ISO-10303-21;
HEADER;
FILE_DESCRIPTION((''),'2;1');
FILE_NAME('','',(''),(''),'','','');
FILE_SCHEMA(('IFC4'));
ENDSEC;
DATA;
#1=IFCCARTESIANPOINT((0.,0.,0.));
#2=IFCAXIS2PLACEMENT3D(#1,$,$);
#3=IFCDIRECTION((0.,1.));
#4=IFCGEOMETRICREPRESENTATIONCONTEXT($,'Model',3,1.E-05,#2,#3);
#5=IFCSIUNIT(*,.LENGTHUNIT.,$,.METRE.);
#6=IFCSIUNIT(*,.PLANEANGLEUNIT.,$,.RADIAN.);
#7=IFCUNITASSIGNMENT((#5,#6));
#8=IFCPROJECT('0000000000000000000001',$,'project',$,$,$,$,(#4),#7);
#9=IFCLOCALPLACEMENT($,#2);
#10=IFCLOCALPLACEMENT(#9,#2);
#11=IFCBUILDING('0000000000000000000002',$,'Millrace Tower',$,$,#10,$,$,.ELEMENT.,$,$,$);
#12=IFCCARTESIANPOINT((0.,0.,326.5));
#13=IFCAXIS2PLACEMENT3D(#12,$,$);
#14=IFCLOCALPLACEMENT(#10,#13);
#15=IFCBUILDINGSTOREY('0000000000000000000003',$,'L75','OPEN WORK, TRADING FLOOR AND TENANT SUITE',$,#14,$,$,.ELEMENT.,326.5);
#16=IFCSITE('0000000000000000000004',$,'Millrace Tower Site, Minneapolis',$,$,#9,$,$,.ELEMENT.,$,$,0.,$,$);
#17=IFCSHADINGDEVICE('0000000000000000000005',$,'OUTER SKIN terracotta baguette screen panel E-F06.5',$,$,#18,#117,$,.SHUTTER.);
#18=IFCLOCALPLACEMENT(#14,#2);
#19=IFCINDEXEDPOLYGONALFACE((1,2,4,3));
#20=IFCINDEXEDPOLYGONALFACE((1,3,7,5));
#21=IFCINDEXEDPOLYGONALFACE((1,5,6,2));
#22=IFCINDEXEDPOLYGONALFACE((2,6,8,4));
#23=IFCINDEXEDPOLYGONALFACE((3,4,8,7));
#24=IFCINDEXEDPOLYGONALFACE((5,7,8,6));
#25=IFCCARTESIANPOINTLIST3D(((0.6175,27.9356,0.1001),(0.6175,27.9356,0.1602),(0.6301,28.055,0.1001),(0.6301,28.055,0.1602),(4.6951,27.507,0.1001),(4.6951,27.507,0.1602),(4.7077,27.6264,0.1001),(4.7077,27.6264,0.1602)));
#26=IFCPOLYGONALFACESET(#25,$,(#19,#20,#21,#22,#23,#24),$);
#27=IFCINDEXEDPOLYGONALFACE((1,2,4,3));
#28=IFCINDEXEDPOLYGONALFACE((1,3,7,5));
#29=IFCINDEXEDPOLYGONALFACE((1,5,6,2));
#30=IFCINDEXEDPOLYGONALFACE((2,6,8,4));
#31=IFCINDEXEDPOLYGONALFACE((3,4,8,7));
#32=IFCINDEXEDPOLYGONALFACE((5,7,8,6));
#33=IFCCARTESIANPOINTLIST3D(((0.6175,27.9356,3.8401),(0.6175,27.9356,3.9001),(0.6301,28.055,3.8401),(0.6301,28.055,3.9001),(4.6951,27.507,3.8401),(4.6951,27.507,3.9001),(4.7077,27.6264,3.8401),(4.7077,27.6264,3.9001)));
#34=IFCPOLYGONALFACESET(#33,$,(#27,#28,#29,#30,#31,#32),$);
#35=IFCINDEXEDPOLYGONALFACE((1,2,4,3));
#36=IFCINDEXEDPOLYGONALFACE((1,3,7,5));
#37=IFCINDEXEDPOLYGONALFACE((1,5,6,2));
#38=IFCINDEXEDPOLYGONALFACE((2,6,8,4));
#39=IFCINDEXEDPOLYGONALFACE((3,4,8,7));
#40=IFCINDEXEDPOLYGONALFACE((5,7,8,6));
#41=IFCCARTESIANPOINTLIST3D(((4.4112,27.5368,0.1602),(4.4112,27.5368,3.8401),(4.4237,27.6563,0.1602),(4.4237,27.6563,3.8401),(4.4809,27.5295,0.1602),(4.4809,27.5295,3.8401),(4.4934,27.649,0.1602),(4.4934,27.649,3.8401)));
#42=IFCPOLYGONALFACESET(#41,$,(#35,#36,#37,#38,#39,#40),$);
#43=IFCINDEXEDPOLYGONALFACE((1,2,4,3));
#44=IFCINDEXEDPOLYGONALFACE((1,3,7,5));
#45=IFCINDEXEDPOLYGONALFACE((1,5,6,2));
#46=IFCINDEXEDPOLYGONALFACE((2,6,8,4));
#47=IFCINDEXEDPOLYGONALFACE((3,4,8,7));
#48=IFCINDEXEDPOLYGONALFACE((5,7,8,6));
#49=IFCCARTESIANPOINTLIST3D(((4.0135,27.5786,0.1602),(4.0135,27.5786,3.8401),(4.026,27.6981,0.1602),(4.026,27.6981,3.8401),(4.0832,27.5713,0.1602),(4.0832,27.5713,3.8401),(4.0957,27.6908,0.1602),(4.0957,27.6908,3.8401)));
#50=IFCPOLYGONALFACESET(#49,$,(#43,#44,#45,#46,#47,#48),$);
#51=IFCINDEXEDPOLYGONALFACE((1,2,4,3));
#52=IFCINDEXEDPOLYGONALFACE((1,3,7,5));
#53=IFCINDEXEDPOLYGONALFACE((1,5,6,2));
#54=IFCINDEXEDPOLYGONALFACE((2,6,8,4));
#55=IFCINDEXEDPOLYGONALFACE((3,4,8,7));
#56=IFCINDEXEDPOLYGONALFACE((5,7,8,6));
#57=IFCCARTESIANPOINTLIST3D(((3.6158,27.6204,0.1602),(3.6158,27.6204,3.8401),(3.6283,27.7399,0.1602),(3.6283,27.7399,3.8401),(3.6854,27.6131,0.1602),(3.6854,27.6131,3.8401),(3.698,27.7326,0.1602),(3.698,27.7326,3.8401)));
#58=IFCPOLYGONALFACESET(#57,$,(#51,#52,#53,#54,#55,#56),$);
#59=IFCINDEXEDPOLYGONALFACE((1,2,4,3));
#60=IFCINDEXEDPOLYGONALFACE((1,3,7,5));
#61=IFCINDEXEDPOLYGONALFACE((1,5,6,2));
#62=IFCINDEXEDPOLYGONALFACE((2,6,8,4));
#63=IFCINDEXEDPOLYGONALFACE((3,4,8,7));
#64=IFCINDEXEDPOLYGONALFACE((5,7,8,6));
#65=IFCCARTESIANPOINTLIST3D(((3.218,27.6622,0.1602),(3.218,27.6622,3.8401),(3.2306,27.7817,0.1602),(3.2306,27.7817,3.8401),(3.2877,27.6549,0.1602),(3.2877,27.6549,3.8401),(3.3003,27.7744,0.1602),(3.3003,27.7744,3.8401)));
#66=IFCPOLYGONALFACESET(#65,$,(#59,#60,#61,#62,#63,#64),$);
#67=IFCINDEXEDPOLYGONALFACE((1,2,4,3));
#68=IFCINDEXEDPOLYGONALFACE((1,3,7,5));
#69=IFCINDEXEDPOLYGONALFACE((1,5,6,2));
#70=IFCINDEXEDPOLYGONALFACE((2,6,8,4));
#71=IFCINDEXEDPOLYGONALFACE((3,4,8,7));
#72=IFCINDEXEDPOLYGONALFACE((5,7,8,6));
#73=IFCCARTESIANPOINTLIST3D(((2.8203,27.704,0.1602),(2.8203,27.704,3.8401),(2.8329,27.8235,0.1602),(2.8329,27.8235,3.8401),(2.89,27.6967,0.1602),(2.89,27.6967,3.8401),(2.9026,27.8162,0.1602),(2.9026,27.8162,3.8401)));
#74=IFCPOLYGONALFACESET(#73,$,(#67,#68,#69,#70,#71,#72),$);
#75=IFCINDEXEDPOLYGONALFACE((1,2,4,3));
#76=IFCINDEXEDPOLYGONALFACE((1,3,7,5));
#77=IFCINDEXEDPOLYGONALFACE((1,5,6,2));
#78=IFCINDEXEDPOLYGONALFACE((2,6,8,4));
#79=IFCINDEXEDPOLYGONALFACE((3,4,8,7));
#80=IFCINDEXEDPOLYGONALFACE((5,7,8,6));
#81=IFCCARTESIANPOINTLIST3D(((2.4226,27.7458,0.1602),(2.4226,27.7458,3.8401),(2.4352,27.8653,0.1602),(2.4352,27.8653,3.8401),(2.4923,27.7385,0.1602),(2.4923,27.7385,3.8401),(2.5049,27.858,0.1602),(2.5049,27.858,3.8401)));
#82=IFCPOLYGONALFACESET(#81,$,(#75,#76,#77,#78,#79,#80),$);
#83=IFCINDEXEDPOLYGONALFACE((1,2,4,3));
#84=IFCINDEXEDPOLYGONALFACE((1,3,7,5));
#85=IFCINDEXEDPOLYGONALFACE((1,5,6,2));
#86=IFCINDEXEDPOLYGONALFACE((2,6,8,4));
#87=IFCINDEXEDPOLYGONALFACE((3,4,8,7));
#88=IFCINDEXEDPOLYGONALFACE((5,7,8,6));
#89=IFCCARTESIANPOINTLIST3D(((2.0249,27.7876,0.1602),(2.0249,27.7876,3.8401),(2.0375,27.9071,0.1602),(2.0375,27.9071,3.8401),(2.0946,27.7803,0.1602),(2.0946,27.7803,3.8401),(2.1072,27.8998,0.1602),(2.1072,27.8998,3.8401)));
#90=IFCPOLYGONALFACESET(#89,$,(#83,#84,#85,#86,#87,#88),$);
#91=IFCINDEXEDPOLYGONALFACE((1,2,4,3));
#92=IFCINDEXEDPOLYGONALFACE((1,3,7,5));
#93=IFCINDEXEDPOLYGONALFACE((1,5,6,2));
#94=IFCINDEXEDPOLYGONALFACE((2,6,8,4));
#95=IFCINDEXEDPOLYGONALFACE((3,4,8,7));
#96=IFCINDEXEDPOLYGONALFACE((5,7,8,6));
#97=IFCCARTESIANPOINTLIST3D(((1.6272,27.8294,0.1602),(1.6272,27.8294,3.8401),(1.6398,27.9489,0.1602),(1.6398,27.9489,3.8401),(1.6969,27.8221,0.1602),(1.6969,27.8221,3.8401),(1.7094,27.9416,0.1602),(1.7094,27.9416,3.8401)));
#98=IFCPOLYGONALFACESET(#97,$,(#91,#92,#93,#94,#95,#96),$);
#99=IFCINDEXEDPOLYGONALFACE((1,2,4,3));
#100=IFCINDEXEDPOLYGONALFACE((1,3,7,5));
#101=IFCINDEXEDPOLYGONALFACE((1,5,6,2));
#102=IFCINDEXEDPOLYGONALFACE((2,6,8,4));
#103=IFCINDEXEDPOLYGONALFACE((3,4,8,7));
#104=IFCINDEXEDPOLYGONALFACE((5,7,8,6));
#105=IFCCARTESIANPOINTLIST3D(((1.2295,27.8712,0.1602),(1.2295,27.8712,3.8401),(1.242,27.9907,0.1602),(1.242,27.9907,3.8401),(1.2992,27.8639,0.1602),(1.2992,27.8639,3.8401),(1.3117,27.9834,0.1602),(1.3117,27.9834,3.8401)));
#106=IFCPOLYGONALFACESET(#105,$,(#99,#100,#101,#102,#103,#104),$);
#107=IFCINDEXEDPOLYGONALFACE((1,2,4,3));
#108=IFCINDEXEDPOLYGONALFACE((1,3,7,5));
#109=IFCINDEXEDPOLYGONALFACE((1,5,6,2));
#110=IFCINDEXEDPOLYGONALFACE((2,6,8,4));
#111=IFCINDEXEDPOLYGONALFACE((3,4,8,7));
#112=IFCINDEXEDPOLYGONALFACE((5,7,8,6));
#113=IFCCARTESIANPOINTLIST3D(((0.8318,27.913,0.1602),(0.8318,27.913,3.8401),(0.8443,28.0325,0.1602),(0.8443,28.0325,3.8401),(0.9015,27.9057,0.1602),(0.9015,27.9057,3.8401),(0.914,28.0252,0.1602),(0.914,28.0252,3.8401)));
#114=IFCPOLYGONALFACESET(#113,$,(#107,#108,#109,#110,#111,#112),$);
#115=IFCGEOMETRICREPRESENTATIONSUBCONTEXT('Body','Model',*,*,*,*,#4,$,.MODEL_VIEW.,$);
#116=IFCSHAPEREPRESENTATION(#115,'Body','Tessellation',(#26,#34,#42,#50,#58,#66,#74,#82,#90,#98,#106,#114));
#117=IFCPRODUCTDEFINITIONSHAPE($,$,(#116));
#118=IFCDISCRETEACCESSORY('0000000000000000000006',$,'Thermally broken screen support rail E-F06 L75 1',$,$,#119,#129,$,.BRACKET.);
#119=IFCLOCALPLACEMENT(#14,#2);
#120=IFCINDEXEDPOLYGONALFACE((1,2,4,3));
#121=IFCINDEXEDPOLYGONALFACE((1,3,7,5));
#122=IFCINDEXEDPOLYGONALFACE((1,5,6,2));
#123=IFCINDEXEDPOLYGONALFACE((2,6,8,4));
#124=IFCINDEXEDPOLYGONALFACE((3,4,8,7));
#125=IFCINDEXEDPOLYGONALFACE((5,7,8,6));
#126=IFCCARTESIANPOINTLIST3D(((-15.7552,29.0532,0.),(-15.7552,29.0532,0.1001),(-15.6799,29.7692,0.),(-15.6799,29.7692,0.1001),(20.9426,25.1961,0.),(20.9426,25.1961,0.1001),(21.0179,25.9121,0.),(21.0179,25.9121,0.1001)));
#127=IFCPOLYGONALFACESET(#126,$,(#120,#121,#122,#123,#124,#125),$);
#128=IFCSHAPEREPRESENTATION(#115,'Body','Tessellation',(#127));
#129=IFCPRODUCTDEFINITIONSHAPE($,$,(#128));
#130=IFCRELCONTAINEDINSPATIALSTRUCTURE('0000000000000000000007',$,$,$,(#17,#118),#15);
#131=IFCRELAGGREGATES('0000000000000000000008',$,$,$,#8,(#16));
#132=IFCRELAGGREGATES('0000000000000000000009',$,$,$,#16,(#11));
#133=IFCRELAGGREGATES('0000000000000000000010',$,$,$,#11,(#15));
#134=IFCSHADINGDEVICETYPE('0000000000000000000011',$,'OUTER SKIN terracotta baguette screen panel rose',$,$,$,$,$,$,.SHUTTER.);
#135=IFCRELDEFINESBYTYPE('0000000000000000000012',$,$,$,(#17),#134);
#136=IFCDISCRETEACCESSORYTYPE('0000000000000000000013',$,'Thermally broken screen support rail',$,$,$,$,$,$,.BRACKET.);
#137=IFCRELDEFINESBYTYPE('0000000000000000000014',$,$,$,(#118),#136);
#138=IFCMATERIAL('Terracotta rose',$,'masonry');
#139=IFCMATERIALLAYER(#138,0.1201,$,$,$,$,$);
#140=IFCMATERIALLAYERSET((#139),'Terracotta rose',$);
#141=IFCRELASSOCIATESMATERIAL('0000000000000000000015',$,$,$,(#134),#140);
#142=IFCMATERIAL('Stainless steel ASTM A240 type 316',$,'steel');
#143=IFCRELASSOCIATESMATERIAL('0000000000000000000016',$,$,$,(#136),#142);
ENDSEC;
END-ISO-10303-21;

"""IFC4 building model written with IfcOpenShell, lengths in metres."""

from ifc_helpers import new_model, entity, si_unit, direction, frame, frame_2d, origin, origin_2d, place, context, subcontext, project, spatial, rectangle, extrude, source, transform, mapped, material, layer, layer_set, type_object, element, save


model = new_model("IFC4")

# Units and contexts
model_context = context("Model", 3, precision=1e-05, world=origin(), true_north=direction((0.0, 1.0)))
body_context = subcontext(model_context, "Body", "Model", "MODEL_VIEW")
ifc_project = project(units=[si_unit("LENGTHUNIT", "METRE"), si_unit("PLANEANGLEUNIT", "RADIAN")], contexts=[model_context])

# Site, building, storey
site_placement = place(None, origin())
site = spatial("IfcSite", under=ifc_project, at=site_placement, Name="Millrace Tower Site, Minneapolis", CompositionType="ELEMENT", RefElevation=0.0)
building_placement = place(site_placement, origin())
building = spatial("IfcBuilding", under=site, at=building_placement, Name="Millrace Tower", CompositionType="ELEMENT")
storey_placement = place(building_placement, frame((0.0, 0.0, 326.5)))
storey = spatial("IfcBuildingStorey", under=building, at=storey_placement, Name="L75", Description="OPEN WORK, TRADING FLOOR AND TENANT SUITE", CompositionType="ELEMENT", Elevation=326.5)

# Shading device
ifc_material_1 = material(Name="Terracotta rose", Category="masonry")
ifc_layer_1 = layer(ifc_material_1, 0.1201)
ifc_layer_set_1 = layer_set([ifc_layer_1], Name="Terracotta rose")
shading_device_type = type_object("IfcShadingDeviceType", Name="OUTER SKIN terracotta baguette screen panel rose", PredefinedType="SHUTTER", material=ifc_layer_set_1)
cartesian_point = entity("IfcCartesianPoint", [-2.05, 0.0601])
shared_polyline = entity("IfcPolyline", [cartesian_point, entity("IfcCartesianPoint", [2.05, 0.0601]), entity("IfcCartesianPoint", [2.05, -0.0601]), entity("IfcCartesianPoint", [-2.05, -0.0601]), cartesian_point])
shared_shape = source(origin(), body_context, "Body", "SweptSolid", [
    entity("IfcExtrudedAreaSolid", entity("IfcArbitraryClosedProfileDef", "AREA", None, shared_polyline), entity("IfcAxis2Placement3D", entity("IfcCartesianPoint", [0.0, 0.0, 0.0])), entity("IfcDirection", [0.0, 0.0, 1.0]), 0.0601),
    entity("IfcExtrudedAreaSolid", entity("IfcArbitraryClosedProfileDef", "AREA", None, shared_polyline), entity("IfcAxis2Placement3D", entity("IfcCartesianPoint", [0.0, 0.0, 3.74])), entity("IfcDirection", [0.0, 0.0, 1.0]), 0.0601),
    extrude(rectangle(XDim=0.0701, YDim=0.1201, at=frame_2d((-1.7996, 0.0))), frame((0.0, 0.0, 0.0601)), (0.0, 0.0, 1.0), 3.6799),
    extrude(rectangle(XDim=0.0701, YDim=0.1201, at=frame_2d((-1.3997, 0.0))), frame((0.0, 0.0, 0.0601)), (0.0, 0.0, 1.0), 3.6799),
    extrude(rectangle(XDim=0.0701, YDim=0.1201, at=frame_2d((-0.9998, 0.0))), frame((0.0, 0.0, 0.0601)), (0.0, 0.0, 1.0), 3.6799),
    extrude(rectangle(XDim=0.0701, YDim=0.1201, at=frame_2d((-0.5999, 0.0))), frame((0.0, 0.0, 0.0601)), (0.0, 0.0, 1.0), 3.6799),
    extrude(rectangle(XDim=0.0701, YDim=0.1201, at=frame_2d((-0.2, 0.0))), frame((0.0, 0.0, 0.0601)), (0.0, 0.0, 1.0), 3.6799),
    extrude(rectangle(XDim=0.0701, YDim=0.1201, at=frame_2d((0.2, 0.0))), frame((0.0, 0.0, 0.0601)), (0.0, 0.0, 1.0), 3.6799),
    extrude(rectangle(XDim=0.0701, YDim=0.1201, at=frame_2d((0.5999, 0.0))), frame((0.0, 0.0, 0.0601)), (0.0, 0.0, 1.0), 3.6799),
    extrude(rectangle(XDim=0.0701, YDim=0.1201, at=frame_2d((0.9998, 0.0))), frame((0.0, 0.0, 0.0601)), (0.0, 0.0, 1.0), 3.6799),
    extrude(rectangle(XDim=0.0701, YDim=0.1201, at=frame_2d((1.3997, 0.0))), frame((0.0, 0.0, 0.0601)), (0.0, 0.0, 1.0), 3.6799),
    extrude(rectangle(XDim=0.0701, YDim=0.1201, at=frame_2d((1.7996, 0.0))), frame((0.0, 0.0, 0.0601)), (0.0, 0.0, 1.0), 3.6799),
])
for number, where, z_axis, x_axis, name in (
    (1, (2.6626, 27.781, 0.1001), (0.0, 0.0, 1.0), (-0.994522, 0.104528, 0.0), "OUTER SKIN terracotta baguette screen panel E-F06.5"),
):
    element("IfcShadingDevice", number, at=place(storey_placement, frame(where, z_axis=z_axis, x_axis=x_axis)), inside=storey, type_object=shading_device_type, Name=name, PredefinedType="SHUTTER", context=body_context, shape_type="MappedRepresentation", body=[
        mapped(shared_shape, transform((0.0, 0.0, 0.0), scale=1.0)),
    ])

# Discrete accessory
ifc_material_2 = material(Name="Stainless steel ASTM A240 type 316", Category="steel")
discrete_accessory_type = type_object("IfcDiscreteAccessoryType", Name="Thermally broken screen support rail", PredefinedType="BRACKET", material=ifc_material_2)
discrete_accessory_placement = place(storey_placement, frame((2.6313, 27.4827, 0.0), z_axis=(0.0, 0.0, 1.0), x_axis=(-0.994522, 0.104528, 0.0)))
element("IfcDiscreteAccessory", 2, at=discrete_accessory_placement, inside=storey, type_object=discrete_accessory_type, Name="Thermally broken screen support rail E-F06 L75 1", PredefinedType="BRACKET", context=body_context, shape_type="SweptSolid", body=[
    extrude(rectangle(XDim=36.8999, YDim=0.72, at=origin_2d()), origin(), (0.0, 0.0, 1.0), 0.1001),
])

save(model, "model.ifc")
